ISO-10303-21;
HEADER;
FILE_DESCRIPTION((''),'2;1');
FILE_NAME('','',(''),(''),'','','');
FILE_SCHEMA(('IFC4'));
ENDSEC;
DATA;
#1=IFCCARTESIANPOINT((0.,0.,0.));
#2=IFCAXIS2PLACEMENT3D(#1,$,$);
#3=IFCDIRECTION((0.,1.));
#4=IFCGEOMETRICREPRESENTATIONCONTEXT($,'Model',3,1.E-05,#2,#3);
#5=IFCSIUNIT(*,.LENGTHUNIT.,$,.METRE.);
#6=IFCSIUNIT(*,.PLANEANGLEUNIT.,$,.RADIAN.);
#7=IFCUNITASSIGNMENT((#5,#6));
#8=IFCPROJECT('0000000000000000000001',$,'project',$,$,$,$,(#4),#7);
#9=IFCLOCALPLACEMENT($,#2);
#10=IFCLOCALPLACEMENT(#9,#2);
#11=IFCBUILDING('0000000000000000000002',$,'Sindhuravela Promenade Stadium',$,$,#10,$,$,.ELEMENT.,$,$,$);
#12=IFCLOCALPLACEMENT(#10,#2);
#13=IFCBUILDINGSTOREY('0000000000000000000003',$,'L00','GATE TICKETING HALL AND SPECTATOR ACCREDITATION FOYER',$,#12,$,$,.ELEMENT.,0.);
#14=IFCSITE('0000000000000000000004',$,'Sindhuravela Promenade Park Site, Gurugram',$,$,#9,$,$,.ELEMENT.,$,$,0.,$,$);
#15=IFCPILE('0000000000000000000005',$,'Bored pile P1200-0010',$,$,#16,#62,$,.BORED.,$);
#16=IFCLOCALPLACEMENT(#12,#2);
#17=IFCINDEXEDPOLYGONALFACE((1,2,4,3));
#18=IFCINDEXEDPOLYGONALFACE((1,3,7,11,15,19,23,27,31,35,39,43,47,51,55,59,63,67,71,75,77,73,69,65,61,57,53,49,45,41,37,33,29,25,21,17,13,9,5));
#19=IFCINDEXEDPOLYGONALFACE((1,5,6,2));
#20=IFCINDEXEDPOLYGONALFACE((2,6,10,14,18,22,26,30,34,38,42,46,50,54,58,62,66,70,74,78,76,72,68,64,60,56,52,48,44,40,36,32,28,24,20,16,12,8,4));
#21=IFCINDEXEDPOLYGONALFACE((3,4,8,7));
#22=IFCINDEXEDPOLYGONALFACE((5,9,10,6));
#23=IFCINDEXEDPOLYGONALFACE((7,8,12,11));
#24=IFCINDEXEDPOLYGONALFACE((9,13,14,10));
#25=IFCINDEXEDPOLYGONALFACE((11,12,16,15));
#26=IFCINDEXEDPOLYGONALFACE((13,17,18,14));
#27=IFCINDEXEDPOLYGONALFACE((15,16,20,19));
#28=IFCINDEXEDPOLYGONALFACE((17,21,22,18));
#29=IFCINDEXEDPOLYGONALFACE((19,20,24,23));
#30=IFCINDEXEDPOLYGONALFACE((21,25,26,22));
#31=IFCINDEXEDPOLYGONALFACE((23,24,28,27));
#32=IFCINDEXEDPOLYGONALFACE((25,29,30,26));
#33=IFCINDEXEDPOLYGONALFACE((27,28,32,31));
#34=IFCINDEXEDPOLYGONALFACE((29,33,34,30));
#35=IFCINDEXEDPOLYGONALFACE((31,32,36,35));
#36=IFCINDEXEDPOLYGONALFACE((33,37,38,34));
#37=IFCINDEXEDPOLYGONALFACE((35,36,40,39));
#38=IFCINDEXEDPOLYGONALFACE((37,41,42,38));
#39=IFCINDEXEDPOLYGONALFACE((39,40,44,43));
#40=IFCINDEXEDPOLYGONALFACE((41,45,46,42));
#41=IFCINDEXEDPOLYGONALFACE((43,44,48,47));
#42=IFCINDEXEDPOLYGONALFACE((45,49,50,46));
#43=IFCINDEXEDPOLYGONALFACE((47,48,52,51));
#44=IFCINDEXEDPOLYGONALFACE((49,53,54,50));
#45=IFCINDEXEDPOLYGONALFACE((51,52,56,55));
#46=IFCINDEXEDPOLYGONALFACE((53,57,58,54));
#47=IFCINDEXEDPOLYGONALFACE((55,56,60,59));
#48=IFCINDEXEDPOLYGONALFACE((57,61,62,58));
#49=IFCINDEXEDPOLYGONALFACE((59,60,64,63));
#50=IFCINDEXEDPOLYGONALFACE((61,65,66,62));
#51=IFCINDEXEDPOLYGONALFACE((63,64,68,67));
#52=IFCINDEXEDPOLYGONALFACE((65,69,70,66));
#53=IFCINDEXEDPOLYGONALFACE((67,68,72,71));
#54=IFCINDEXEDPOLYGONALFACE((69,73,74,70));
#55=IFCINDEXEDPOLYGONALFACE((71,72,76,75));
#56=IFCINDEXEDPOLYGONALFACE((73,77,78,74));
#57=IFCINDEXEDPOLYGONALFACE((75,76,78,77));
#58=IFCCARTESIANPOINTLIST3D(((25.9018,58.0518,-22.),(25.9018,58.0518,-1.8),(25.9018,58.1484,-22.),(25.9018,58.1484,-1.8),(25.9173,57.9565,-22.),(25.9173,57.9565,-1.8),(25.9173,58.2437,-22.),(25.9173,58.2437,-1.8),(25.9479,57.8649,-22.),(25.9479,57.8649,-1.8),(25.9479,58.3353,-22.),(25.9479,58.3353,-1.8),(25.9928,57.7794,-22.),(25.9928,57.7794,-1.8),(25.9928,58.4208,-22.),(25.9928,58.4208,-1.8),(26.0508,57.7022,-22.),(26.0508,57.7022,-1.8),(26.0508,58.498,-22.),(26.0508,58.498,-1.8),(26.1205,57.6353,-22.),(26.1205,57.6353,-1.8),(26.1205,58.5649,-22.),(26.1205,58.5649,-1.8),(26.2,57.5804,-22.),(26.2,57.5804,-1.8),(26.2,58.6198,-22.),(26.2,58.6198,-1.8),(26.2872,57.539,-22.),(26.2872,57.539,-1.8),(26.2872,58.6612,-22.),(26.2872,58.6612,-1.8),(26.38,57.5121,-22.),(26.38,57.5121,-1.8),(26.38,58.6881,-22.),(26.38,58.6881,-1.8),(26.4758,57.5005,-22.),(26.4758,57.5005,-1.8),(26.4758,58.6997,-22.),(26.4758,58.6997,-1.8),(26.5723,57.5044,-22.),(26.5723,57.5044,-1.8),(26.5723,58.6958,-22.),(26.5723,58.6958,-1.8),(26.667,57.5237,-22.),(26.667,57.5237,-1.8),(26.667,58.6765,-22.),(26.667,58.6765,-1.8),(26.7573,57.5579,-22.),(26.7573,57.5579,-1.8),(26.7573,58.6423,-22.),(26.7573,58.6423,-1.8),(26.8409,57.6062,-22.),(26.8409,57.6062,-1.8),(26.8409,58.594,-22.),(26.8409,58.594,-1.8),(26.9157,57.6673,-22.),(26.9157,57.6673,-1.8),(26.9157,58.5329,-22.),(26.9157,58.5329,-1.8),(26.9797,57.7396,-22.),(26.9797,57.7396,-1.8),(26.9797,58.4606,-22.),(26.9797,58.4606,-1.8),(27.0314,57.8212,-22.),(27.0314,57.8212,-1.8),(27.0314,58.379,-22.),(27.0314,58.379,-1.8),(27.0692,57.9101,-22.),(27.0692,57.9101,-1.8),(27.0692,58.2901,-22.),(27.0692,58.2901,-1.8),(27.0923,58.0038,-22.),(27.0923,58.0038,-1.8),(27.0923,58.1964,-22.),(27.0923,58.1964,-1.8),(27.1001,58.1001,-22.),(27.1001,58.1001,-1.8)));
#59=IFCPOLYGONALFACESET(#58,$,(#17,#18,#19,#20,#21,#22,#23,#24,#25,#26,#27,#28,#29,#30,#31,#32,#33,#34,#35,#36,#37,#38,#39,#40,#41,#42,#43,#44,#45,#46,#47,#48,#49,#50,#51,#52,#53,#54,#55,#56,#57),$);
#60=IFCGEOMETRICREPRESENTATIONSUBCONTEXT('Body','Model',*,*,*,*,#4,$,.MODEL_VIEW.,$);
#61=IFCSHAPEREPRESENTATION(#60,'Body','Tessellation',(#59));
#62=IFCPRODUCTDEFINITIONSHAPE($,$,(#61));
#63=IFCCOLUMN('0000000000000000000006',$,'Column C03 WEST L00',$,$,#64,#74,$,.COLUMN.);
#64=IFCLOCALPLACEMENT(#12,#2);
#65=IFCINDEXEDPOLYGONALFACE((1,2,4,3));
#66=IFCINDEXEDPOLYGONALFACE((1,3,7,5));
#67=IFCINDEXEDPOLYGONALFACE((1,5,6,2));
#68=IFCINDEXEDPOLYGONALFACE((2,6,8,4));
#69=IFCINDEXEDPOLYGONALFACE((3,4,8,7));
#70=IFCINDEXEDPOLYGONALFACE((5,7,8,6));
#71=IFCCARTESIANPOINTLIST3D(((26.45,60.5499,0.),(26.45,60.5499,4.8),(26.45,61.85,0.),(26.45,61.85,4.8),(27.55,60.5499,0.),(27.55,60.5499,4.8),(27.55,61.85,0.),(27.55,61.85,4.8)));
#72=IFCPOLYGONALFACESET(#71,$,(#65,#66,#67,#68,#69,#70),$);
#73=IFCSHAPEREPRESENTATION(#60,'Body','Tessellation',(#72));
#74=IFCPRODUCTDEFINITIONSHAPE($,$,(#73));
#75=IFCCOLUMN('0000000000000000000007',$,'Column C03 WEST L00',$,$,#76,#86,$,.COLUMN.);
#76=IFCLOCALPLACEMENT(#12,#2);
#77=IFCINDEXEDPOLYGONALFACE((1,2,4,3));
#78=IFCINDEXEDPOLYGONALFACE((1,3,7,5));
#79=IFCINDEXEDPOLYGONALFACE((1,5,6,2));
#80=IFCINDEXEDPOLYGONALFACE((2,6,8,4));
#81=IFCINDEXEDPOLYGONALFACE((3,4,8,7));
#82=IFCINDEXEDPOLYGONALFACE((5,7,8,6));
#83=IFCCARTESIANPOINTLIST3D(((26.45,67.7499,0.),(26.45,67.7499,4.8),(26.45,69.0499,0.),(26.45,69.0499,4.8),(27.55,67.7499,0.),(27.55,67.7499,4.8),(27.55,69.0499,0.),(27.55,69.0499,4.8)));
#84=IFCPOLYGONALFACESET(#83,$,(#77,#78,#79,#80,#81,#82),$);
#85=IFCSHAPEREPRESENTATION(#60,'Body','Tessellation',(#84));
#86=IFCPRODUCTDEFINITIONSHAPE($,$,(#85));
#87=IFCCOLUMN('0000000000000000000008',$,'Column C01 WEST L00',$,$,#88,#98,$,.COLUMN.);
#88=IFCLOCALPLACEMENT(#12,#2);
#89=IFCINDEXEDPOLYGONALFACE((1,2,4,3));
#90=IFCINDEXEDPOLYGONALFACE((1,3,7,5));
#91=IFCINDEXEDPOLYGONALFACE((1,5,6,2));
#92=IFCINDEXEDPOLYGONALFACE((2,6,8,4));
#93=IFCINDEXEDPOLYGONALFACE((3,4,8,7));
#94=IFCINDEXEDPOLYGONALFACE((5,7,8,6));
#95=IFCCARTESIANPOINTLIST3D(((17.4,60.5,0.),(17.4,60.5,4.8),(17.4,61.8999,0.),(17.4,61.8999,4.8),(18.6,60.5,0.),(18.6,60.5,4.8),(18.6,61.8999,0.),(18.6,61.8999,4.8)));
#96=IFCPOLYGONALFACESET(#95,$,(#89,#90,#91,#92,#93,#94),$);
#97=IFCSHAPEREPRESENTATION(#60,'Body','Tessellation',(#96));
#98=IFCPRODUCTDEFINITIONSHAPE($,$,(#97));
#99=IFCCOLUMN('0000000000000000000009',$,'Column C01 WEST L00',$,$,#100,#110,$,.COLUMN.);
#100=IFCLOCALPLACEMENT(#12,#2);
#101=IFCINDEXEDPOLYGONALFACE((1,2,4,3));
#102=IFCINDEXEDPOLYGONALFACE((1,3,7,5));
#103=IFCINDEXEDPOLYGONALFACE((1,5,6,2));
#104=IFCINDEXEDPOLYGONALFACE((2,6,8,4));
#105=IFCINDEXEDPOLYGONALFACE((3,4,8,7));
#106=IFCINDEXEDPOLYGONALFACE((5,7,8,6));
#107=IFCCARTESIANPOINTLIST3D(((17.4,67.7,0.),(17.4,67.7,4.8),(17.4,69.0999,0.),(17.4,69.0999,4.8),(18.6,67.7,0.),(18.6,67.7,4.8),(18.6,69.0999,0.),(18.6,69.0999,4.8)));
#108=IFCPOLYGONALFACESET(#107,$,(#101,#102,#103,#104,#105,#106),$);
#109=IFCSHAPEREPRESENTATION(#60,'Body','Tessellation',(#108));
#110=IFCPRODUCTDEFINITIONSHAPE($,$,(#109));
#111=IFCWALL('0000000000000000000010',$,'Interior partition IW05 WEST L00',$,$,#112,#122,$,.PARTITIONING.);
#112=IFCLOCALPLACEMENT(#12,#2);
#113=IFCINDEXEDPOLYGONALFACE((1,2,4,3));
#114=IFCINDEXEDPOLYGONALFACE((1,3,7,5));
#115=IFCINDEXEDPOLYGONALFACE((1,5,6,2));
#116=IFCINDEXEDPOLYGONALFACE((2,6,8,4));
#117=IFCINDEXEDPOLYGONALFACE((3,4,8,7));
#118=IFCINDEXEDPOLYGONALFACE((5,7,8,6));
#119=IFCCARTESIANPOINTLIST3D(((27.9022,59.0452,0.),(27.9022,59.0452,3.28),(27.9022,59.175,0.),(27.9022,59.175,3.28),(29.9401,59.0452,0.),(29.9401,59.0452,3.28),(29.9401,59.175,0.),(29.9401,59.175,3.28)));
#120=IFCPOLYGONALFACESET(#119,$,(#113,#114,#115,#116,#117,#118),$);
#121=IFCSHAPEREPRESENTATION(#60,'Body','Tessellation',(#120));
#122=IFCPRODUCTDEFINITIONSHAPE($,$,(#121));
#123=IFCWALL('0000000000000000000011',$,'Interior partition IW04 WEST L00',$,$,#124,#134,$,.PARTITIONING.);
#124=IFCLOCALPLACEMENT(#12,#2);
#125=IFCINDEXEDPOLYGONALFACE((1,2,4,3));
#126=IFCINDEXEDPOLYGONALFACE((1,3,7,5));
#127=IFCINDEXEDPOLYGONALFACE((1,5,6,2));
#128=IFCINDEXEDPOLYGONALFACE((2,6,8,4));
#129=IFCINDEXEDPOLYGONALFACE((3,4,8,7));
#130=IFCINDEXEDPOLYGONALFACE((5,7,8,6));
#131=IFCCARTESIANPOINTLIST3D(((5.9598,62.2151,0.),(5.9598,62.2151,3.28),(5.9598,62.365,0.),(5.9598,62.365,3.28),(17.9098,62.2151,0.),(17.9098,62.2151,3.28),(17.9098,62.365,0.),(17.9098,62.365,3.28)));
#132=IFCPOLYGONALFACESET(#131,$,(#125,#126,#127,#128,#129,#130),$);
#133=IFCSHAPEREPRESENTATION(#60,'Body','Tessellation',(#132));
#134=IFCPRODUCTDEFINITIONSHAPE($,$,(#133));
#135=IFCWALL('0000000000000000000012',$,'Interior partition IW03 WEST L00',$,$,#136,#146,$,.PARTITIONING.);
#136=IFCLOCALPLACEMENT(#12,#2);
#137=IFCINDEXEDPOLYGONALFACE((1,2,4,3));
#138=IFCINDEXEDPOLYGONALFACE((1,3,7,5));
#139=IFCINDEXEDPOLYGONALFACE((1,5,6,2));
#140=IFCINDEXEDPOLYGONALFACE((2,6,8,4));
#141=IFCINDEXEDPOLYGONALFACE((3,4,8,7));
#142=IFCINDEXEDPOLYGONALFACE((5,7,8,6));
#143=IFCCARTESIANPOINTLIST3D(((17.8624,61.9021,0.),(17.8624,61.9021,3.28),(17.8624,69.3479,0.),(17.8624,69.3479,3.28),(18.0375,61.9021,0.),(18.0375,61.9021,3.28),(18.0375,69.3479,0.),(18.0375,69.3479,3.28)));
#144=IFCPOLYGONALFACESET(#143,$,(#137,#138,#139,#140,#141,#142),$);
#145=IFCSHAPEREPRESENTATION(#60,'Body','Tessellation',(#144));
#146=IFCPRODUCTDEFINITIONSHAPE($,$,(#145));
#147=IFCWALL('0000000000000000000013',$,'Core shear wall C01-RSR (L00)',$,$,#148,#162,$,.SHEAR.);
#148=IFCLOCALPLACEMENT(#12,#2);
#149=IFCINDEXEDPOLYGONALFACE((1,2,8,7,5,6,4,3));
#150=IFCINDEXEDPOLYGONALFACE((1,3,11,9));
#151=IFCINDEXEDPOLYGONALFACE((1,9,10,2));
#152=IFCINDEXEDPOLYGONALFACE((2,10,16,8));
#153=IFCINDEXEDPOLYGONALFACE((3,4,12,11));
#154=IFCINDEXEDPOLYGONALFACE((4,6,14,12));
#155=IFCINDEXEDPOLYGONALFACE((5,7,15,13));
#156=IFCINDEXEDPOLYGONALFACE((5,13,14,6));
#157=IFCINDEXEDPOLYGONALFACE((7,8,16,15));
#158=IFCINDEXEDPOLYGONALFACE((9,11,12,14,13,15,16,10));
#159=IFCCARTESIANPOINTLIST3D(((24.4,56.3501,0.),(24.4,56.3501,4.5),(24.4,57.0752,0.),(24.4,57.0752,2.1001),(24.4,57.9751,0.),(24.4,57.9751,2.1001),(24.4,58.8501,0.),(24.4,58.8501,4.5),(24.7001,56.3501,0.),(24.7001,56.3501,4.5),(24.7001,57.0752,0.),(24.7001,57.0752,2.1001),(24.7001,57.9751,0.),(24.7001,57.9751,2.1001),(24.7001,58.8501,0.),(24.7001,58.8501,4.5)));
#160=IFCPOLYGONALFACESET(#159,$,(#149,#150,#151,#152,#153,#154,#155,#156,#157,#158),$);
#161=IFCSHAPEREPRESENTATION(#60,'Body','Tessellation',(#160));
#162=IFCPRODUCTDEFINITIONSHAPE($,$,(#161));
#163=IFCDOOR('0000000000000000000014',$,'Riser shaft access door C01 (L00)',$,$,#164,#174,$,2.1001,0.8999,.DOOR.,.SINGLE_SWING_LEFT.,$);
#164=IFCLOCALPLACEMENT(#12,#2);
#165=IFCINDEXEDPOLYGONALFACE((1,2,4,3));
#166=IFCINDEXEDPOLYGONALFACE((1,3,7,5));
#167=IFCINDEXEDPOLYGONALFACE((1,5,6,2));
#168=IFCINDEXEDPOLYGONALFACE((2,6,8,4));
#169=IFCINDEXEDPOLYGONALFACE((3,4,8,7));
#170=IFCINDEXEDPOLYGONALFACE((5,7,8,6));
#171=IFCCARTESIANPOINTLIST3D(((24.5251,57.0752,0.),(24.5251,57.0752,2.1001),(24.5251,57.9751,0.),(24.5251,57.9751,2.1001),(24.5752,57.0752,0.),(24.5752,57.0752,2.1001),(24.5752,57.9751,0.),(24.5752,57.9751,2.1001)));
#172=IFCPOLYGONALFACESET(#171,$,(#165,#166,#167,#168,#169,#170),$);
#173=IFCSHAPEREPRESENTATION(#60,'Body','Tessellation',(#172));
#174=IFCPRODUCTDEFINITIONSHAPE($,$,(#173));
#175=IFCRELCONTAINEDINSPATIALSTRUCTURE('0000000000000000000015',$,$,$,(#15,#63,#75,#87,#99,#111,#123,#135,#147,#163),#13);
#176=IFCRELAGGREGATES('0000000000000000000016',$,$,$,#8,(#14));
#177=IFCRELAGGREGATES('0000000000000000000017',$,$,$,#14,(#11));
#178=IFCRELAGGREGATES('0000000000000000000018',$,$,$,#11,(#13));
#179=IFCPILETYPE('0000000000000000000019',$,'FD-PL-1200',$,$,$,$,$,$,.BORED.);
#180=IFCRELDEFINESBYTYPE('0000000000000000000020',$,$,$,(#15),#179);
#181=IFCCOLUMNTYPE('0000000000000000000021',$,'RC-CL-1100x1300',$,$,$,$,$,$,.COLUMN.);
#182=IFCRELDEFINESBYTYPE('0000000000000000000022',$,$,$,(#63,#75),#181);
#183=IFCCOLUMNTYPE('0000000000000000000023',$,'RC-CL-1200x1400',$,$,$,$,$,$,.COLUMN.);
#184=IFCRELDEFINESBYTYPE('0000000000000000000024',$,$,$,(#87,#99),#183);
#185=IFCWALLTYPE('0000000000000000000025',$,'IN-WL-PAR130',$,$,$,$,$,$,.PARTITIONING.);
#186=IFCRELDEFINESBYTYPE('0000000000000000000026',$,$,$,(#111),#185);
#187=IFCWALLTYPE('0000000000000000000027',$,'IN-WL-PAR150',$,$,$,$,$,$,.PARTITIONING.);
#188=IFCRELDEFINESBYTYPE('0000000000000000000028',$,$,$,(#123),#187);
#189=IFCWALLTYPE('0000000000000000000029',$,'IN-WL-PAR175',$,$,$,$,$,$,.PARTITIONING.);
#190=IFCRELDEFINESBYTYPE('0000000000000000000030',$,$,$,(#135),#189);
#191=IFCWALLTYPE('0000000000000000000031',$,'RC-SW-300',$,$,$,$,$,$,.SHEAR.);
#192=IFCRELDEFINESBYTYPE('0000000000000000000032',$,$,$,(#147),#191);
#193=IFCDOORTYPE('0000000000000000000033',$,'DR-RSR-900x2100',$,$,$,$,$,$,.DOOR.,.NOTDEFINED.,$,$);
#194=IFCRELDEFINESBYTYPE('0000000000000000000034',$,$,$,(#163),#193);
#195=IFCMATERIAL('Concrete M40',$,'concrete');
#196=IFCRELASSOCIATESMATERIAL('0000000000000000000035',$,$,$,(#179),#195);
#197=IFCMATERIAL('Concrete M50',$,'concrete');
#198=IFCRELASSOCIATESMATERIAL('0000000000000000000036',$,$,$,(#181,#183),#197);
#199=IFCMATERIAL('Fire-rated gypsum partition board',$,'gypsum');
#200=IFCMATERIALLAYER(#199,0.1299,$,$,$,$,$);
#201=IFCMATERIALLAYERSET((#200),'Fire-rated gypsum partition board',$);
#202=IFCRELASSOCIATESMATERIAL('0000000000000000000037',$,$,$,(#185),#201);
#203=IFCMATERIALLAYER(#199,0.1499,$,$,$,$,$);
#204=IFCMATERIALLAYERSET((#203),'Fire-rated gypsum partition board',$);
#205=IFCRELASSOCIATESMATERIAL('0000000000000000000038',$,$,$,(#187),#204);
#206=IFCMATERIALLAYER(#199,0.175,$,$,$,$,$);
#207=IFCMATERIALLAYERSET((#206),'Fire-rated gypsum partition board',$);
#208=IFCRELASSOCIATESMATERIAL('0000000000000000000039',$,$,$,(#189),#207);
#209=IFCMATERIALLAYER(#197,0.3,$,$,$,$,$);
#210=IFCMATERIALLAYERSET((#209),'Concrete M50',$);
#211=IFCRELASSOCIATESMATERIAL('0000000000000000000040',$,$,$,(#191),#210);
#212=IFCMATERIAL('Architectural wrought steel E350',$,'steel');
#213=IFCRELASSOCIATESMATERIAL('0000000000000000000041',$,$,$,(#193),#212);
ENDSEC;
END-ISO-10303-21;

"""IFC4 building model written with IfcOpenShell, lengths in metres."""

from ifc_helpers import new_model, si_unit, direction, frame, frame_2d, origin, origin_2d, place, context, subcontext, project, spatial, rectangle, circle, extrude, material, layer, layer_set, material_profile, profile_set, type_object, element, fill, save


model = new_model("IFC4")

# Units and contexts
model_context = context("Model", 3, precision=1e-05, world=origin(), true_north=direction((0.0, 1.0)))
body_context = subcontext(model_context, "Body", "Model", "MODEL_VIEW")
ifc_project = project(units=[si_unit("LENGTHUNIT", "METRE"), si_unit("PLANEANGLEUNIT", "RADIAN")], contexts=[model_context])

# Site, building, storey
site_placement = place(None, origin())
site = spatial("IfcSite", under=ifc_project, at=site_placement, Name="Sindhuravela Promenade Park Site, Gurugram", CompositionType="ELEMENT", RefElevation=0.0)
building_placement = place(site_placement, origin())
building = spatial("IfcBuilding", under=site, at=building_placement, Name="Sindhuravela Promenade Stadium", CompositionType="ELEMENT")
storey_placement = place(building_placement, origin())
storey = spatial("IfcBuildingStorey", under=building, at=storey_placement, Name="L00", Description="GATE TICKETING HALL AND SPECTATOR ACCREDITATION FOYER", CompositionType="ELEMENT", Elevation=0.0)

# Shared definitions
ifc_material_1 = material(Name="Concrete M50", Category="concrete")

# Pile
ifc_material_2 = material(Name="Concrete M40", Category="concrete")
ifc_material_profile_1 = material_profile(ifc_material_2, circle(Radius=0.6001, at=origin_2d()), Name="BORED PILE D1200")
ifc_profile_set_1 = profile_set([ifc_material_profile_1], Name="Concrete M40")
pile_type = type_object("IfcPileType", Name="FD-PL-1200", PredefinedType="BORED", material=ifc_profile_set_1)
for number, where, z_axis, x_axis, name in (
    (1, (26.5, 58.1001, -1.8), (0.0, 0.0, -1.0), (1.0, 0.0, 0.0), "Bored pile P1200-0010"),
):
    element("IfcPile", number, at=place(storey_placement, frame(where, z_axis=z_axis, x_axis=x_axis)), inside=storey, type_object=pile_type, Name=name, PredefinedType="BORED", context=body_context, shape_type="SweptSolid", body=[
        extrude(circle(Radius=0.6001, at=origin_2d()), origin(), (0.0, 0.0, 1.0), 20.2),
    ])

# Columns
ifc_material_profile_2 = material_profile(ifc_material_1, rectangle(XDim=1.1001, YDim=1.3, at=origin_2d()), Name="RC 1100x1300")
ifc_profile_set_2 = profile_set([ifc_material_profile_2], Name="Concrete M50")
column_type_1 = type_object("IfcColumnType", Name="RC-CL-1100x1300", PredefinedType="COLUMN", material=ifc_profile_set_2)
for number, where, z_axis, x_axis, name in (
    (2, (27.0, 61.2, 0.0), (0.0, 0.0, 1.0), (1.0, 0.0, 0.0), "Column C03 WEST L00"),
    (3, (27.0, 68.3999, 0.0), (0.0, 0.0, 1.0), (1.0, 0.0, 0.0), "Column C03 WEST L00"),
):
    element("IfcColumn", number, at=place(storey_placement, frame(where, z_axis=z_axis, x_axis=x_axis)), inside=storey, type_object=column_type_1, Name=name, PredefinedType="COLUMN", context=body_context, shape_type="SweptSolid", body=[
        extrude(rectangle(XDim=1.1001, YDim=1.3, at=origin_2d()), origin(), (0.0, 0.0, 1.0), 4.8),
    ])
ifc_material_profile_3 = material_profile(ifc_material_1, rectangle(XDim=1.2, YDim=1.3999, at=origin_2d()), Name="RC 1200x1400")
ifc_profile_set_3 = profile_set([ifc_material_profile_3], Name="Concrete M50")
column_type_2 = type_object("IfcColumnType", Name="RC-CL-1200x1400", PredefinedType="COLUMN", material=ifc_profile_set_3)
for number, where, z_axis, x_axis, name in (
    (4, (18.0, 61.2, 0.0), (0.0, 0.0, 1.0), (1.0, 0.0, 0.0), "Column C01 WEST L00"),
    (5, (18.0, 68.3999, 0.0), (0.0, 0.0, 1.0), (1.0, 0.0, 0.0), "Column C01 WEST L00"),
):
    element("IfcColumn", number, at=place(storey_placement, frame(where, z_axis=z_axis, x_axis=x_axis)), inside=storey, type_object=column_type_2, Name=name, PredefinedType="COLUMN", context=body_context, shape_type="SweptSolid", body=[
        extrude(rectangle(XDim=1.2, YDim=1.3999, at=origin_2d()), origin(), (0.0, 0.0, 1.0), 4.8),
    ])

# Walls
ifc_material_3 = material(Name="Fire-rated gypsum partition board", Category="gypsum")
ifc_layer_1 = layer(ifc_material_3, 0.1299)
ifc_layer_set_1 = layer_set([ifc_layer_1], Name="Fire-rated gypsum partition board")
wall_type_1 = type_object("IfcWallType", Name="IN-WL-PAR130", PredefinedType="PARTITIONING", material=ifc_layer_set_1)
wall_1_placement = place(storey_placement, frame((27.9021, 59.1101, 0.0), z_axis=(0.0, 0.0, 1.0), x_axis=(1.0, 0.0, 0.0)))
element("IfcWall", 6, at=wall_1_placement, inside=storey, type_object=wall_type_1, Name="Interior partition IW05 WEST L00", PredefinedType="PARTITIONING", context=body_context, shape_type="SweptSolid", body=[
    extrude(rectangle(XDim=2.0378, YDim=0.1299, at=frame_2d((1.019, 0.0))), origin(), (0.0, 0.0, 1.0), 3.28),
])
ifc_layer_2 = layer(ifc_material_3, 0.1499)
ifc_layer_set_2 = layer_set([ifc_layer_2], Name="Fire-rated gypsum partition board")
wall_type_2 = type_object("IfcWallType", Name="IN-WL-PAR150", PredefinedType="PARTITIONING", material=ifc_layer_set_2)
wall_2_placement = place(storey_placement, frame((17.9099, 62.29, 0.0), z_axis=(0.0, 0.0, 1.0), x_axis=(-1.0, 0.0, 0.0)))
element("IfcWall", 7, at=wall_2_placement, inside=storey, type_object=wall_type_2, Name="Interior partition IW04 WEST L00", PredefinedType="PARTITIONING", context=body_context, shape_type="SweptSolid", body=[
    extrude(rectangle(XDim=11.95, YDim=0.1499, at=frame_2d((5.9751, 0.0))), origin(), (0.0, 0.0, 1.0), 3.28),
])
ifc_layer_3 = layer(ifc_material_3, 0.175)
ifc_layer_set_3 = layer_set([ifc_layer_3], Name="Fire-rated gypsum partition board")
wall_type_3 = type_object("IfcWallType", Name="IN-WL-PAR175", PredefinedType="PARTITIONING", material=ifc_layer_set_3)
wall_3_placement = place(storey_placement, frame((17.95, 69.3479, 0.0), z_axis=(0.0, 0.0, 1.0), x_axis=(0.0, -1.0, 0.0)))
element("IfcWall", 8, at=wall_3_placement, inside=storey, type_object=wall_type_3, Name="Interior partition IW03 WEST L00", PredefinedType="PARTITIONING", context=body_context, shape_type="SweptSolid", body=[
    extrude(rectangle(XDim=7.4458, YDim=0.175, at=frame_2d((3.7229, 0.0))), origin(), (0.0, 0.0, 1.0), 3.28),
])

# Wall, opening, door
ifc_layer_4 = layer(ifc_material_1, 0.3)
ifc_layer_set_4 = layer_set([ifc_layer_4], Name="Concrete M50")
wall_type_4 = type_object("IfcWallType", Name="RC-SW-300", PredefinedType="SHEAR", material=ifc_layer_set_4)
wall_4_placement = place(storey_placement, frame((24.55, 56.3501, 0.0), z_axis=(0.0, 0.0, 1.0), x_axis=(0.0, 1.0, 0.0)))
wall_4 = element("IfcWall", 9, at=wall_4_placement, inside=storey, type_object=wall_type_4, Name="Core shear wall C01-RSR (L00)", PredefinedType="SHEAR", context=body_context, shape_type="SweptSolid", body=[
    extrude(rectangle(XDim=2.5, YDim=0.3, at=frame_2d((1.25, 0.0))), origin(), (0.0, 0.0, 1.0), 4.5),
])
opening_1_placement = place(wall_4_placement, frame((0.7251, 0.0, 0.0)))
opening_1 = element("IfcOpeningElement", 10, at=opening_1_placement, cuts=wall_4, PredefinedType="OPENING", context=body_context, shape_type="SweptSolid", body=[
    extrude(rectangle(XDim=0.8999, YDim=2.1001, at=frame_2d((0.45, 1.05))), frame((0.0, 0.1599, 0.0), z_axis=(0.0, -1.0, 0.0), x_axis=(1.0, 0.0, 0.0)), (0.0, 0.0, 1.0), 0.3201),
])
ifc_material_4 = material(Name="Architectural wrought steel E350", Category="steel")
door_type_1 = type_object("IfcDoorType", Name="DR-RSR-900x2100", OperationType="NOTDEFINED", PredefinedType="DOOR", material=ifc_material_4)
door_1_placement = place(opening_1_placement, origin())
door_1 = element("IfcDoor", 11, at=door_1_placement, inside=storey, type_object=door_type_1, Name="Riser shaft access door C01 (L00)", OperationType="SINGLE_SWING_LEFT", OverallHeight=2.1001, OverallWidth=0.8999, PredefinedType="DOOR", context=body_context, shape_type="SweptSolid", body=[
    extrude(rectangle(XDim=0.8999, YDim=2.1001, at=frame_2d((0.45, 1.05))), frame((0.0, 0.0249, 0.0), z_axis=(0.0, -1.0, 0.0), x_axis=(1.0, 0.0, 0.0)), (0.0, 0.0, 1.0), 0.05),
])
fill(opening_1, door_1)

save(model, "model.ifc")
